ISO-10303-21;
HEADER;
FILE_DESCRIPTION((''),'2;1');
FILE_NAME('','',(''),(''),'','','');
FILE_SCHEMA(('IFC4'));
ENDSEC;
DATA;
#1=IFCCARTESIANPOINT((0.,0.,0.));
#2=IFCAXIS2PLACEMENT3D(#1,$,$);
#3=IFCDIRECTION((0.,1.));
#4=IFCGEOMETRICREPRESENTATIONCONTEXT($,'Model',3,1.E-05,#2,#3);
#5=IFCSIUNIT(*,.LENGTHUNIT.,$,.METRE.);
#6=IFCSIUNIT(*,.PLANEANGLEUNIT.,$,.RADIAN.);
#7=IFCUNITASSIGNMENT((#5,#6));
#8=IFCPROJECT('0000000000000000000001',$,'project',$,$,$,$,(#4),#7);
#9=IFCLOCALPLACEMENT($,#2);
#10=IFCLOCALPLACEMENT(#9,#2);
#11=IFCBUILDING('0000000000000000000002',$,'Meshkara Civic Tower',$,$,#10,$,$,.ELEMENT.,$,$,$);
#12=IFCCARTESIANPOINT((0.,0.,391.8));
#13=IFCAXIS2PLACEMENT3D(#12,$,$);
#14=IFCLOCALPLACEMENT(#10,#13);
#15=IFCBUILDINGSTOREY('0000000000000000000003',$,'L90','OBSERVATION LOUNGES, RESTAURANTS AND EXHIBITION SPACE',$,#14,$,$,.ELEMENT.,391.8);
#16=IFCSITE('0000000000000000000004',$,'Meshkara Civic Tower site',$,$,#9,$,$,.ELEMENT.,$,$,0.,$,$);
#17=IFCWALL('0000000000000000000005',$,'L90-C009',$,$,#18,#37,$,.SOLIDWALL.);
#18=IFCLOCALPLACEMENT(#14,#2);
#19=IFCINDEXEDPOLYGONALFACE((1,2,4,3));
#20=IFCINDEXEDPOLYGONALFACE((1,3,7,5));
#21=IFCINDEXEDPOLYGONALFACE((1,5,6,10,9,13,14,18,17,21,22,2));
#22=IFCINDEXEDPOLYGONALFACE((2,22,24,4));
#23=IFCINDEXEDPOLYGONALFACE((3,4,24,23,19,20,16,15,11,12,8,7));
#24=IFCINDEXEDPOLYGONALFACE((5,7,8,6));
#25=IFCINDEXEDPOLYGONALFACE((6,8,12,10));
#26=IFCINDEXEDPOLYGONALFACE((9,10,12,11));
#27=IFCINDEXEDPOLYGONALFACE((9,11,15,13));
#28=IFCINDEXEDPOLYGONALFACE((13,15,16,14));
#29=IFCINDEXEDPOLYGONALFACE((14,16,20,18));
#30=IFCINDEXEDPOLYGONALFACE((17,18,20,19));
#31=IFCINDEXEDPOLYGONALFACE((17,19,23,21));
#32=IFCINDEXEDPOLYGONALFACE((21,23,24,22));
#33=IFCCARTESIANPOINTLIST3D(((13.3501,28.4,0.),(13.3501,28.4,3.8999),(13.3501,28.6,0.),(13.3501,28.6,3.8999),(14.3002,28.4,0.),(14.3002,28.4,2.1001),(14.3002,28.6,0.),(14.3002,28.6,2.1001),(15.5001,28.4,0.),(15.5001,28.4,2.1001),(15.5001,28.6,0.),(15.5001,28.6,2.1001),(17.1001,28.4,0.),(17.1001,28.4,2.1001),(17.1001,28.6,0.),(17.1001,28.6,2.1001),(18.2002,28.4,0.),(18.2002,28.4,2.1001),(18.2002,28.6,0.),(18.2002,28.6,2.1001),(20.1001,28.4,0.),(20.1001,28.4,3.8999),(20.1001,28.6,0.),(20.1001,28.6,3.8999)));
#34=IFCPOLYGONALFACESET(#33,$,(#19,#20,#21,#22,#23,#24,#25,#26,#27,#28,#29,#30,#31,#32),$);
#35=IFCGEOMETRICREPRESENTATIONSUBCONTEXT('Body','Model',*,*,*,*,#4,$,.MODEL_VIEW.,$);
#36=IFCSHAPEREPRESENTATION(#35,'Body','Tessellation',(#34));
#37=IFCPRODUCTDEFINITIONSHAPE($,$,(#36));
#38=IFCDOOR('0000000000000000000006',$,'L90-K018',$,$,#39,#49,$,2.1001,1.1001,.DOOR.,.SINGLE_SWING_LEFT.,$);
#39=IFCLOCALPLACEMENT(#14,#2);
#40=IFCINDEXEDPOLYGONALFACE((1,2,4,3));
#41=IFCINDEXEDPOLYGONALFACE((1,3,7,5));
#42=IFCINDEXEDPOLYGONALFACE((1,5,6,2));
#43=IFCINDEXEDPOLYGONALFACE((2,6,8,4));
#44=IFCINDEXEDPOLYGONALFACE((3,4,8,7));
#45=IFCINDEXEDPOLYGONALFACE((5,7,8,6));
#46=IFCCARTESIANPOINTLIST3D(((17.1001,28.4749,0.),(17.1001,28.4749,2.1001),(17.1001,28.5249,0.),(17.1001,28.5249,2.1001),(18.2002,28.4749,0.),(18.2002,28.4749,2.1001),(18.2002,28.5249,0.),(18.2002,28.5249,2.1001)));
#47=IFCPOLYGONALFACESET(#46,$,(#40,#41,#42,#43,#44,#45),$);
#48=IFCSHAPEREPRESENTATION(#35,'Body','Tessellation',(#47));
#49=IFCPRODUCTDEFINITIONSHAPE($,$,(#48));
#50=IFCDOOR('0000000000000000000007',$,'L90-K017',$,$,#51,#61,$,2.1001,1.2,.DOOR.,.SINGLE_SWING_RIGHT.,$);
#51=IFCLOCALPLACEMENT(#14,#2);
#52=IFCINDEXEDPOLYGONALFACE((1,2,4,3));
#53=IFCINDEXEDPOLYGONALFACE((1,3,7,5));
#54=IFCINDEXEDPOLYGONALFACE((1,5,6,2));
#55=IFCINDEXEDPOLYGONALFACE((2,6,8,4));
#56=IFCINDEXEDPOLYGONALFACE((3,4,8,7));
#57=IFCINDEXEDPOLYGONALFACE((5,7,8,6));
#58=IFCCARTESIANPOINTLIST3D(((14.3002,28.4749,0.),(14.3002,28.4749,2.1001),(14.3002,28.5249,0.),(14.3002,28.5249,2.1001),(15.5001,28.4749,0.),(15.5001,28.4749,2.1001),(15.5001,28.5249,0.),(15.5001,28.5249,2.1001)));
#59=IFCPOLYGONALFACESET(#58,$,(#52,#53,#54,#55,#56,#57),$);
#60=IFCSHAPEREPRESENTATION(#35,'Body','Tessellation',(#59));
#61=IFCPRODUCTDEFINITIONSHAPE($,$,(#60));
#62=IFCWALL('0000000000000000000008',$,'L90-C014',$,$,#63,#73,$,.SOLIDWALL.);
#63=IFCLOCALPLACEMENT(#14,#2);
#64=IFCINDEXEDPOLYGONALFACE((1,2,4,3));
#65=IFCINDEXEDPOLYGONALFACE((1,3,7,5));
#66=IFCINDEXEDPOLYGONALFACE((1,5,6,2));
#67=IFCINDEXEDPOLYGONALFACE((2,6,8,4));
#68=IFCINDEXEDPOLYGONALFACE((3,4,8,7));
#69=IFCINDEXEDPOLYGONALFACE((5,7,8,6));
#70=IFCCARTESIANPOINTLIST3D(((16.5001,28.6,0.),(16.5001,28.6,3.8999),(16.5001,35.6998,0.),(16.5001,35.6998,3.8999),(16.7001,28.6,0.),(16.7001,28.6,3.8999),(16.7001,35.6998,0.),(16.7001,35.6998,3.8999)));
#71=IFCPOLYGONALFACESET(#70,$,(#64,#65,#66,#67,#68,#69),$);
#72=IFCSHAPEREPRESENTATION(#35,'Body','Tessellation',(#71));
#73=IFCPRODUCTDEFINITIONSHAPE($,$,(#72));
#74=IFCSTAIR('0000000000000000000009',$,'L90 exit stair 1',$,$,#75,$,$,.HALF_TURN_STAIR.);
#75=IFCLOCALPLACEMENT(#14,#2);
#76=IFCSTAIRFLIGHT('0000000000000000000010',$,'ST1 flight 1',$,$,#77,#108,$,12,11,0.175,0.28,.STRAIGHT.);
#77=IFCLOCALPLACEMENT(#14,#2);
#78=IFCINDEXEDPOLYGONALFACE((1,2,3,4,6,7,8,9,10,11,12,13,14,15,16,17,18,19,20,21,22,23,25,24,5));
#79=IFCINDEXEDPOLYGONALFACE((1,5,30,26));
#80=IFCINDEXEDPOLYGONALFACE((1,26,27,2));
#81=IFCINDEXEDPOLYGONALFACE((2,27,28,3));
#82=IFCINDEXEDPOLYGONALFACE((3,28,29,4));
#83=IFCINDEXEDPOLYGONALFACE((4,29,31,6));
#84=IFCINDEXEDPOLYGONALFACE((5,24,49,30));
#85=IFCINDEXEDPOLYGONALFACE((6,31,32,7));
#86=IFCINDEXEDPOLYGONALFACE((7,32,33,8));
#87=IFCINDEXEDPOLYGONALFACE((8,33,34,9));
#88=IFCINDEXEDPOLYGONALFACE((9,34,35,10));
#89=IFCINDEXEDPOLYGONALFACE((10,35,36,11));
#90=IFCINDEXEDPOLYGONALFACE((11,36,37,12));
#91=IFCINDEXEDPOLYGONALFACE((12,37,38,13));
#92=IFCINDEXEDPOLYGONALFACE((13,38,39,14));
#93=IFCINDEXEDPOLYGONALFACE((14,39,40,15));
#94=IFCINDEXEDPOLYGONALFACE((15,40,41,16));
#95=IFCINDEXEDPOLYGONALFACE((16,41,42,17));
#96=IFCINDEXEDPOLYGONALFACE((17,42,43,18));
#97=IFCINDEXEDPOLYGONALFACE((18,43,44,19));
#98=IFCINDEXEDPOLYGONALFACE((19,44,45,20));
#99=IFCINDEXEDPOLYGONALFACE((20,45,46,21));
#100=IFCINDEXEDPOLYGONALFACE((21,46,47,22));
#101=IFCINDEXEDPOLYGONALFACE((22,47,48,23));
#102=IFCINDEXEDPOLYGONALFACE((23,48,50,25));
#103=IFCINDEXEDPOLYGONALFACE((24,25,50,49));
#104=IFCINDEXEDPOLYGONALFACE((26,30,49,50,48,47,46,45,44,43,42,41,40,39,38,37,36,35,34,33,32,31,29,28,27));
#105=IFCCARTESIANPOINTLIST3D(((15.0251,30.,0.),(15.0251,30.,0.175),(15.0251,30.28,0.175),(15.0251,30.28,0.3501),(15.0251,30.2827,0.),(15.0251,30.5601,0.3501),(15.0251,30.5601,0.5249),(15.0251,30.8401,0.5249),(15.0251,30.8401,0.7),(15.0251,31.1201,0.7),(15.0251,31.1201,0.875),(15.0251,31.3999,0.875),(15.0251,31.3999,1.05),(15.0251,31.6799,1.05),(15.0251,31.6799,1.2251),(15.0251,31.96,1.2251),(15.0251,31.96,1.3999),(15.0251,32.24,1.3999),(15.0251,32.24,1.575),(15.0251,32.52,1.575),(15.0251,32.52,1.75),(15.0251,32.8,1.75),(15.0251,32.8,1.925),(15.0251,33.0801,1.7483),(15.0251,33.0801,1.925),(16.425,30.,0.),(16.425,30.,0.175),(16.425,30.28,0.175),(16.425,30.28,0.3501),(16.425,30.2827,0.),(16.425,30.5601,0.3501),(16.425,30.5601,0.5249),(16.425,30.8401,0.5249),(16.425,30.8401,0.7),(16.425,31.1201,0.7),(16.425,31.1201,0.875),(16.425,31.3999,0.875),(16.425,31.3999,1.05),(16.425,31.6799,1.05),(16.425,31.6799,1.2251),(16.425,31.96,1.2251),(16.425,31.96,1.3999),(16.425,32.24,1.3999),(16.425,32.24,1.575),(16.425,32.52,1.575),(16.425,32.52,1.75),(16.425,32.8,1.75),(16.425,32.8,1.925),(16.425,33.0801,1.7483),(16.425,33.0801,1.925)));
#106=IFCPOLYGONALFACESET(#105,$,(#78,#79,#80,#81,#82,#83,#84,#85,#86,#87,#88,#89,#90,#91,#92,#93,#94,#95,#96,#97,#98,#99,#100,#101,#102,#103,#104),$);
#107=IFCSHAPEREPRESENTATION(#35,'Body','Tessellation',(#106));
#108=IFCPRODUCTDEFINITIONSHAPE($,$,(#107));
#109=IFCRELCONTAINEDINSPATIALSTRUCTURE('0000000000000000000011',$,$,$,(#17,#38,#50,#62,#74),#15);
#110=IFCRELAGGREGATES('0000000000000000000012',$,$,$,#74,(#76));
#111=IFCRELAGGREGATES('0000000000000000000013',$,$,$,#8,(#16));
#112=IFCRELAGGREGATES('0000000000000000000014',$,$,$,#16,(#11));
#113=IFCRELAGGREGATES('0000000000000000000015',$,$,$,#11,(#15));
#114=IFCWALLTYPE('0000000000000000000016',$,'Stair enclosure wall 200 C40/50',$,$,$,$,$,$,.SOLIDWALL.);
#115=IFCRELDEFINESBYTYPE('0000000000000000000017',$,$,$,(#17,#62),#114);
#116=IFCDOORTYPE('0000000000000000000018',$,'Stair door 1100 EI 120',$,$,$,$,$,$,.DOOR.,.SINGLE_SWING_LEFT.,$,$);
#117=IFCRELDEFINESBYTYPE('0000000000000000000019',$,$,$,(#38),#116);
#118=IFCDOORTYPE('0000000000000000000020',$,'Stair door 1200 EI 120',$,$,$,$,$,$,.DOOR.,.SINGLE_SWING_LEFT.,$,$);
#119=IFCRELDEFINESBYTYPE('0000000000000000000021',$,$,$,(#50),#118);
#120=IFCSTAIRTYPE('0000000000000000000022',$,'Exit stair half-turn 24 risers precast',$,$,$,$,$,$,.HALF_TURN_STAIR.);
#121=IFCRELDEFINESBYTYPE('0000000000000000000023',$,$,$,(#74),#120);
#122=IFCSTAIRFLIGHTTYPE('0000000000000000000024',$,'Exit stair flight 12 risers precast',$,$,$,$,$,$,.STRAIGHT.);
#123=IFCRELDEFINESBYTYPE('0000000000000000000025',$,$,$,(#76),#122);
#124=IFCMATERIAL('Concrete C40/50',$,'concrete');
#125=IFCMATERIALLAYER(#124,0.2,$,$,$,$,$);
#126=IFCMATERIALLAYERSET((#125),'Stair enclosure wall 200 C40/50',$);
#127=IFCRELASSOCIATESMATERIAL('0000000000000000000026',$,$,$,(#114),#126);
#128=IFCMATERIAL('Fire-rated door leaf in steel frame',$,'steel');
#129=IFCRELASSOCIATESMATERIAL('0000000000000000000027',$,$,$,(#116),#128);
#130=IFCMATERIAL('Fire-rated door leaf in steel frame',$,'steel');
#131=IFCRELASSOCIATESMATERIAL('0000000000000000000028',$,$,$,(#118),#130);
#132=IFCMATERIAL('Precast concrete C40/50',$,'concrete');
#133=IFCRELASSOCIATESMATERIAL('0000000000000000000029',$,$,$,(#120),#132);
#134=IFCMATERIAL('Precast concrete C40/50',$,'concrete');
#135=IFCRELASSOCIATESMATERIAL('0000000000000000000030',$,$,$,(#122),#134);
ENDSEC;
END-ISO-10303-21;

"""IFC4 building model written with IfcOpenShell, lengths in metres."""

from ifc_helpers import new_model, si_unit, direction, frame, frame_2d, origin, place, context, subcontext, project, spatial, polyline, rectangle, outline, extrude, material, layer, layer_set, type_object, element, fill, aggregate, save


model = new_model("IFC4")

# Units and contexts
model_context = context("Model", 3, precision=1e-05, world=origin(), true_north=direction((0.0, 1.0)))
body_context = subcontext(model_context, "Body", "Model", "MODEL_VIEW")
ifc_project = project(units=[si_unit("LENGTHUNIT", "METRE"), si_unit("PLANEANGLEUNIT", "RADIAN")], contexts=[model_context])

# Site, building, storey
site_placement = place(None, origin())
site = spatial("IfcSite", under=ifc_project, at=site_placement, Name="Meshkara Civic Tower site", CompositionType="ELEMENT", RefElevation=0.0)
building_placement = place(site_placement, origin())
building = spatial("IfcBuilding", under=site, at=building_placement, Name="Meshkara Civic Tower", CompositionType="ELEMENT")
storey_placement = place(building_placement, frame((0.0, 0.0, 391.8)))
storey = spatial("IfcBuildingStorey", under=building, at=storey_placement, Name="L90", Description="OBSERVATION LOUNGES, RESTAURANTS AND EXHIBITION SPACE", CompositionType="ELEMENT", Elevation=391.8)

# Wall, openings, doors
ifc_material_1 = material(Name="Concrete C40/50", Category="concrete")
ifc_layer_1 = layer(ifc_material_1, 0.2)
ifc_layer_set_1 = layer_set([ifc_layer_1], Name="Stair enclosure wall 200 C40/50")
wall_type_1 = type_object("IfcWallType", Name="Stair enclosure wall 200 C40/50", PredefinedType="SOLIDWALL", material=ifc_layer_set_1)
wall_1_placement = place(storey_placement, frame((13.3501, 28.5, 0.0), z_axis=(0.0, 0.0, 1.0), x_axis=(1.0, 0.0, 0.0)))
wall_1 = element("IfcWall", 1, at=wall_1_placement, inside=storey, type_object=wall_type_1, Name="L90-C009", PredefinedType="SOLIDWALL", context=body_context, shape_type="SweptSolid", body=[
    extrude(rectangle(XDim=6.75, YDim=0.2, at=frame_2d((3.375, 0.0))), origin(), (0.0, 0.0, 1.0), 3.8999),
])
opening_1_placement = place(wall_1_placement, frame((0.95, 0.0, 0.0)))
opening_1 = element("IfcOpeningElement", 2, at=opening_1_placement, cuts=wall_1, PredefinedType="OPENING", context=body_context, shape_type="SweptSolid", body=[
    extrude(rectangle(XDim=1.2, YDim=2.1001, at=frame_2d((0.6001, 1.05))), frame((0.0, 0.1099, 0.0), z_axis=(0.0, -1.0, 0.0), x_axis=(1.0, 0.0, 0.0)), (0.0, 0.0, 1.0), 0.22),
])
opening_2_placement = place(wall_1_placement, frame((3.75, 0.0, 0.0)))
opening_2 = element("IfcOpeningElement", 3, at=opening_2_placement, cuts=wall_1, PredefinedType="OPENING", context=body_context, shape_type="SweptSolid", body=[
    extrude(rectangle(XDim=1.1001, YDim=2.1001, at=frame_2d((0.55, 1.05))), frame((0.0, 0.1099, 0.0), z_axis=(0.0, -1.0, 0.0), x_axis=(1.0, 0.0, 0.0)), (0.0, 0.0, 1.0), 0.22),
])
ifc_material_2 = material(Name="Fire-rated door leaf in steel frame", Category="steel")
door_type_1 = type_object("IfcDoorType", Name="Stair door 1100 EI 120", OperationType="SINGLE_SWING_LEFT", PredefinedType="DOOR", material=ifc_material_2)
door_1_placement = place(opening_2_placement, origin())
door_1 = element("IfcDoor", 4, at=door_1_placement, inside=storey, type_object=door_type_1, Name="L90-K018", OperationType="SINGLE_SWING_LEFT", OverallHeight=2.1001, OverallWidth=1.1001, PredefinedType="DOOR", context=body_context, shape_type="SweptSolid", body=[
    extrude(rectangle(XDim=1.1001, YDim=2.1001, at=frame_2d((0.55, 1.05))), frame((0.0, 0.0249, 0.0), z_axis=(0.0, -1.0, 0.0), x_axis=(1.0, 0.0, 0.0)), (0.0, 0.0, 1.0), 0.05),
])
fill(opening_2, door_1)
ifc_material_3 = material(Name="Fire-rated door leaf in steel frame", Category="steel")
door_type_2 = type_object("IfcDoorType", Name="Stair door 1200 EI 120", OperationType="SINGLE_SWING_LEFT", PredefinedType="DOOR", material=ifc_material_3)
door_2_placement = place(opening_1_placement, origin())
door_2 = element("IfcDoor", 5, at=door_2_placement, inside=storey, type_object=door_type_2, Name="L90-K017", OperationType="SINGLE_SWING_RIGHT", OverallHeight=2.1001, OverallWidth=1.2, PredefinedType="DOOR", context=body_context, shape_type="SweptSolid", body=[
    extrude(rectangle(XDim=1.2, YDim=2.1001, at=frame_2d((0.6001, 1.05))), frame((0.0, 0.0249, 0.0), z_axis=(0.0, -1.0, 0.0), x_axis=(1.0, 0.0, 0.0)), (0.0, 0.0, 1.0), 0.05),
])
fill(opening_1, door_2)

# Wall
wall_2_placement = place(storey_placement, frame((16.6001, 28.6001, 0.0), z_axis=(0.0, 0.0, 1.0), x_axis=(0.0, 1.0, 0.0)))
element("IfcWall", 6, at=wall_2_placement, inside=storey, type_object=wall_type_1, Name="L90-C014", PredefinedType="SOLIDWALL", context=body_context, shape_type="SweptSolid", body=[
    extrude(rectangle(XDim=7.0999, YDim=0.2, at=frame_2d((3.5498, 0.0))), origin(), (0.0, 0.0, 1.0), 3.8999),
])

# Stair, stair flight
ifc_material_4 = material(Name="Precast concrete C40/50", Category="concrete")
stair_type = type_object("IfcStairType", Name="Exit stair half-turn 24 risers precast", PredefinedType="HALF_TURN_STAIR", material=ifc_material_4)
stair_placement = place(storey_placement, origin())
stair = element("IfcStair", 7, at=stair_placement, inside=storey, type_object=stair_type, Name="L90 exit stair 1", PredefinedType="HALF_TURN_STAIR")
ifc_material_5 = material(Name="Precast concrete C40/50", Category="concrete")
stair_flight_type = type_object("IfcStairFlightType", Name="Exit stair flight 12 risers precast", PredefinedType="STRAIGHT", material=ifc_material_5)
stair_flight_placement = place(storey_placement, frame((15.7251, 30.0, 0.0), z_axis=(0.0, 0.0, 1.0), x_axis=(0.0, 1.0, 0.0)))
stair_flight = element("IfcStairFlight", 8, at=stair_flight_placement, type_object=stair_flight_type, Name="ST1 flight 1", NumberOfRisers=12, NumberOfTreads=11, PredefinedType="STRAIGHT", RiserHeight=0.175, TreadLength=0.28, context=body_context, shape_type="SweptSolid", body=[
    extrude(outline(polyline([(0.0, 0.0), (0.0, 0.175), (0.28, 0.175), (0.28, 0.3501), (0.5601, 0.3501), (0.5601, 0.5249), (0.8401, 0.5249), (0.8401, 0.7), (1.1201, 0.7), (1.1201, 0.875), (1.3999, 0.875), (1.3999, 1.05), (1.6799, 1.05), (1.6799, 1.2251), (1.96, 1.2251), (1.96, 1.3999), (2.24, 1.3999), (2.24, 1.575), (2.52, 1.575), (2.52, 1.75), (2.8, 1.75), (2.8, 1.925), (3.0801, 1.925), (3.0801, 2.1001), (3.0801, 1.7483), (0.2827, 0.0), (0.0, 0.0)])), frame((0.0, 0.7, 0.0), z_axis=(0.0, -1.0, 0.0), x_axis=(1.0, 0.0, 0.0)), (0.0, 0.0, 1.0), 1.3999),
])
aggregate(stair, [stair_flight])

save(model, "model.ifc")
